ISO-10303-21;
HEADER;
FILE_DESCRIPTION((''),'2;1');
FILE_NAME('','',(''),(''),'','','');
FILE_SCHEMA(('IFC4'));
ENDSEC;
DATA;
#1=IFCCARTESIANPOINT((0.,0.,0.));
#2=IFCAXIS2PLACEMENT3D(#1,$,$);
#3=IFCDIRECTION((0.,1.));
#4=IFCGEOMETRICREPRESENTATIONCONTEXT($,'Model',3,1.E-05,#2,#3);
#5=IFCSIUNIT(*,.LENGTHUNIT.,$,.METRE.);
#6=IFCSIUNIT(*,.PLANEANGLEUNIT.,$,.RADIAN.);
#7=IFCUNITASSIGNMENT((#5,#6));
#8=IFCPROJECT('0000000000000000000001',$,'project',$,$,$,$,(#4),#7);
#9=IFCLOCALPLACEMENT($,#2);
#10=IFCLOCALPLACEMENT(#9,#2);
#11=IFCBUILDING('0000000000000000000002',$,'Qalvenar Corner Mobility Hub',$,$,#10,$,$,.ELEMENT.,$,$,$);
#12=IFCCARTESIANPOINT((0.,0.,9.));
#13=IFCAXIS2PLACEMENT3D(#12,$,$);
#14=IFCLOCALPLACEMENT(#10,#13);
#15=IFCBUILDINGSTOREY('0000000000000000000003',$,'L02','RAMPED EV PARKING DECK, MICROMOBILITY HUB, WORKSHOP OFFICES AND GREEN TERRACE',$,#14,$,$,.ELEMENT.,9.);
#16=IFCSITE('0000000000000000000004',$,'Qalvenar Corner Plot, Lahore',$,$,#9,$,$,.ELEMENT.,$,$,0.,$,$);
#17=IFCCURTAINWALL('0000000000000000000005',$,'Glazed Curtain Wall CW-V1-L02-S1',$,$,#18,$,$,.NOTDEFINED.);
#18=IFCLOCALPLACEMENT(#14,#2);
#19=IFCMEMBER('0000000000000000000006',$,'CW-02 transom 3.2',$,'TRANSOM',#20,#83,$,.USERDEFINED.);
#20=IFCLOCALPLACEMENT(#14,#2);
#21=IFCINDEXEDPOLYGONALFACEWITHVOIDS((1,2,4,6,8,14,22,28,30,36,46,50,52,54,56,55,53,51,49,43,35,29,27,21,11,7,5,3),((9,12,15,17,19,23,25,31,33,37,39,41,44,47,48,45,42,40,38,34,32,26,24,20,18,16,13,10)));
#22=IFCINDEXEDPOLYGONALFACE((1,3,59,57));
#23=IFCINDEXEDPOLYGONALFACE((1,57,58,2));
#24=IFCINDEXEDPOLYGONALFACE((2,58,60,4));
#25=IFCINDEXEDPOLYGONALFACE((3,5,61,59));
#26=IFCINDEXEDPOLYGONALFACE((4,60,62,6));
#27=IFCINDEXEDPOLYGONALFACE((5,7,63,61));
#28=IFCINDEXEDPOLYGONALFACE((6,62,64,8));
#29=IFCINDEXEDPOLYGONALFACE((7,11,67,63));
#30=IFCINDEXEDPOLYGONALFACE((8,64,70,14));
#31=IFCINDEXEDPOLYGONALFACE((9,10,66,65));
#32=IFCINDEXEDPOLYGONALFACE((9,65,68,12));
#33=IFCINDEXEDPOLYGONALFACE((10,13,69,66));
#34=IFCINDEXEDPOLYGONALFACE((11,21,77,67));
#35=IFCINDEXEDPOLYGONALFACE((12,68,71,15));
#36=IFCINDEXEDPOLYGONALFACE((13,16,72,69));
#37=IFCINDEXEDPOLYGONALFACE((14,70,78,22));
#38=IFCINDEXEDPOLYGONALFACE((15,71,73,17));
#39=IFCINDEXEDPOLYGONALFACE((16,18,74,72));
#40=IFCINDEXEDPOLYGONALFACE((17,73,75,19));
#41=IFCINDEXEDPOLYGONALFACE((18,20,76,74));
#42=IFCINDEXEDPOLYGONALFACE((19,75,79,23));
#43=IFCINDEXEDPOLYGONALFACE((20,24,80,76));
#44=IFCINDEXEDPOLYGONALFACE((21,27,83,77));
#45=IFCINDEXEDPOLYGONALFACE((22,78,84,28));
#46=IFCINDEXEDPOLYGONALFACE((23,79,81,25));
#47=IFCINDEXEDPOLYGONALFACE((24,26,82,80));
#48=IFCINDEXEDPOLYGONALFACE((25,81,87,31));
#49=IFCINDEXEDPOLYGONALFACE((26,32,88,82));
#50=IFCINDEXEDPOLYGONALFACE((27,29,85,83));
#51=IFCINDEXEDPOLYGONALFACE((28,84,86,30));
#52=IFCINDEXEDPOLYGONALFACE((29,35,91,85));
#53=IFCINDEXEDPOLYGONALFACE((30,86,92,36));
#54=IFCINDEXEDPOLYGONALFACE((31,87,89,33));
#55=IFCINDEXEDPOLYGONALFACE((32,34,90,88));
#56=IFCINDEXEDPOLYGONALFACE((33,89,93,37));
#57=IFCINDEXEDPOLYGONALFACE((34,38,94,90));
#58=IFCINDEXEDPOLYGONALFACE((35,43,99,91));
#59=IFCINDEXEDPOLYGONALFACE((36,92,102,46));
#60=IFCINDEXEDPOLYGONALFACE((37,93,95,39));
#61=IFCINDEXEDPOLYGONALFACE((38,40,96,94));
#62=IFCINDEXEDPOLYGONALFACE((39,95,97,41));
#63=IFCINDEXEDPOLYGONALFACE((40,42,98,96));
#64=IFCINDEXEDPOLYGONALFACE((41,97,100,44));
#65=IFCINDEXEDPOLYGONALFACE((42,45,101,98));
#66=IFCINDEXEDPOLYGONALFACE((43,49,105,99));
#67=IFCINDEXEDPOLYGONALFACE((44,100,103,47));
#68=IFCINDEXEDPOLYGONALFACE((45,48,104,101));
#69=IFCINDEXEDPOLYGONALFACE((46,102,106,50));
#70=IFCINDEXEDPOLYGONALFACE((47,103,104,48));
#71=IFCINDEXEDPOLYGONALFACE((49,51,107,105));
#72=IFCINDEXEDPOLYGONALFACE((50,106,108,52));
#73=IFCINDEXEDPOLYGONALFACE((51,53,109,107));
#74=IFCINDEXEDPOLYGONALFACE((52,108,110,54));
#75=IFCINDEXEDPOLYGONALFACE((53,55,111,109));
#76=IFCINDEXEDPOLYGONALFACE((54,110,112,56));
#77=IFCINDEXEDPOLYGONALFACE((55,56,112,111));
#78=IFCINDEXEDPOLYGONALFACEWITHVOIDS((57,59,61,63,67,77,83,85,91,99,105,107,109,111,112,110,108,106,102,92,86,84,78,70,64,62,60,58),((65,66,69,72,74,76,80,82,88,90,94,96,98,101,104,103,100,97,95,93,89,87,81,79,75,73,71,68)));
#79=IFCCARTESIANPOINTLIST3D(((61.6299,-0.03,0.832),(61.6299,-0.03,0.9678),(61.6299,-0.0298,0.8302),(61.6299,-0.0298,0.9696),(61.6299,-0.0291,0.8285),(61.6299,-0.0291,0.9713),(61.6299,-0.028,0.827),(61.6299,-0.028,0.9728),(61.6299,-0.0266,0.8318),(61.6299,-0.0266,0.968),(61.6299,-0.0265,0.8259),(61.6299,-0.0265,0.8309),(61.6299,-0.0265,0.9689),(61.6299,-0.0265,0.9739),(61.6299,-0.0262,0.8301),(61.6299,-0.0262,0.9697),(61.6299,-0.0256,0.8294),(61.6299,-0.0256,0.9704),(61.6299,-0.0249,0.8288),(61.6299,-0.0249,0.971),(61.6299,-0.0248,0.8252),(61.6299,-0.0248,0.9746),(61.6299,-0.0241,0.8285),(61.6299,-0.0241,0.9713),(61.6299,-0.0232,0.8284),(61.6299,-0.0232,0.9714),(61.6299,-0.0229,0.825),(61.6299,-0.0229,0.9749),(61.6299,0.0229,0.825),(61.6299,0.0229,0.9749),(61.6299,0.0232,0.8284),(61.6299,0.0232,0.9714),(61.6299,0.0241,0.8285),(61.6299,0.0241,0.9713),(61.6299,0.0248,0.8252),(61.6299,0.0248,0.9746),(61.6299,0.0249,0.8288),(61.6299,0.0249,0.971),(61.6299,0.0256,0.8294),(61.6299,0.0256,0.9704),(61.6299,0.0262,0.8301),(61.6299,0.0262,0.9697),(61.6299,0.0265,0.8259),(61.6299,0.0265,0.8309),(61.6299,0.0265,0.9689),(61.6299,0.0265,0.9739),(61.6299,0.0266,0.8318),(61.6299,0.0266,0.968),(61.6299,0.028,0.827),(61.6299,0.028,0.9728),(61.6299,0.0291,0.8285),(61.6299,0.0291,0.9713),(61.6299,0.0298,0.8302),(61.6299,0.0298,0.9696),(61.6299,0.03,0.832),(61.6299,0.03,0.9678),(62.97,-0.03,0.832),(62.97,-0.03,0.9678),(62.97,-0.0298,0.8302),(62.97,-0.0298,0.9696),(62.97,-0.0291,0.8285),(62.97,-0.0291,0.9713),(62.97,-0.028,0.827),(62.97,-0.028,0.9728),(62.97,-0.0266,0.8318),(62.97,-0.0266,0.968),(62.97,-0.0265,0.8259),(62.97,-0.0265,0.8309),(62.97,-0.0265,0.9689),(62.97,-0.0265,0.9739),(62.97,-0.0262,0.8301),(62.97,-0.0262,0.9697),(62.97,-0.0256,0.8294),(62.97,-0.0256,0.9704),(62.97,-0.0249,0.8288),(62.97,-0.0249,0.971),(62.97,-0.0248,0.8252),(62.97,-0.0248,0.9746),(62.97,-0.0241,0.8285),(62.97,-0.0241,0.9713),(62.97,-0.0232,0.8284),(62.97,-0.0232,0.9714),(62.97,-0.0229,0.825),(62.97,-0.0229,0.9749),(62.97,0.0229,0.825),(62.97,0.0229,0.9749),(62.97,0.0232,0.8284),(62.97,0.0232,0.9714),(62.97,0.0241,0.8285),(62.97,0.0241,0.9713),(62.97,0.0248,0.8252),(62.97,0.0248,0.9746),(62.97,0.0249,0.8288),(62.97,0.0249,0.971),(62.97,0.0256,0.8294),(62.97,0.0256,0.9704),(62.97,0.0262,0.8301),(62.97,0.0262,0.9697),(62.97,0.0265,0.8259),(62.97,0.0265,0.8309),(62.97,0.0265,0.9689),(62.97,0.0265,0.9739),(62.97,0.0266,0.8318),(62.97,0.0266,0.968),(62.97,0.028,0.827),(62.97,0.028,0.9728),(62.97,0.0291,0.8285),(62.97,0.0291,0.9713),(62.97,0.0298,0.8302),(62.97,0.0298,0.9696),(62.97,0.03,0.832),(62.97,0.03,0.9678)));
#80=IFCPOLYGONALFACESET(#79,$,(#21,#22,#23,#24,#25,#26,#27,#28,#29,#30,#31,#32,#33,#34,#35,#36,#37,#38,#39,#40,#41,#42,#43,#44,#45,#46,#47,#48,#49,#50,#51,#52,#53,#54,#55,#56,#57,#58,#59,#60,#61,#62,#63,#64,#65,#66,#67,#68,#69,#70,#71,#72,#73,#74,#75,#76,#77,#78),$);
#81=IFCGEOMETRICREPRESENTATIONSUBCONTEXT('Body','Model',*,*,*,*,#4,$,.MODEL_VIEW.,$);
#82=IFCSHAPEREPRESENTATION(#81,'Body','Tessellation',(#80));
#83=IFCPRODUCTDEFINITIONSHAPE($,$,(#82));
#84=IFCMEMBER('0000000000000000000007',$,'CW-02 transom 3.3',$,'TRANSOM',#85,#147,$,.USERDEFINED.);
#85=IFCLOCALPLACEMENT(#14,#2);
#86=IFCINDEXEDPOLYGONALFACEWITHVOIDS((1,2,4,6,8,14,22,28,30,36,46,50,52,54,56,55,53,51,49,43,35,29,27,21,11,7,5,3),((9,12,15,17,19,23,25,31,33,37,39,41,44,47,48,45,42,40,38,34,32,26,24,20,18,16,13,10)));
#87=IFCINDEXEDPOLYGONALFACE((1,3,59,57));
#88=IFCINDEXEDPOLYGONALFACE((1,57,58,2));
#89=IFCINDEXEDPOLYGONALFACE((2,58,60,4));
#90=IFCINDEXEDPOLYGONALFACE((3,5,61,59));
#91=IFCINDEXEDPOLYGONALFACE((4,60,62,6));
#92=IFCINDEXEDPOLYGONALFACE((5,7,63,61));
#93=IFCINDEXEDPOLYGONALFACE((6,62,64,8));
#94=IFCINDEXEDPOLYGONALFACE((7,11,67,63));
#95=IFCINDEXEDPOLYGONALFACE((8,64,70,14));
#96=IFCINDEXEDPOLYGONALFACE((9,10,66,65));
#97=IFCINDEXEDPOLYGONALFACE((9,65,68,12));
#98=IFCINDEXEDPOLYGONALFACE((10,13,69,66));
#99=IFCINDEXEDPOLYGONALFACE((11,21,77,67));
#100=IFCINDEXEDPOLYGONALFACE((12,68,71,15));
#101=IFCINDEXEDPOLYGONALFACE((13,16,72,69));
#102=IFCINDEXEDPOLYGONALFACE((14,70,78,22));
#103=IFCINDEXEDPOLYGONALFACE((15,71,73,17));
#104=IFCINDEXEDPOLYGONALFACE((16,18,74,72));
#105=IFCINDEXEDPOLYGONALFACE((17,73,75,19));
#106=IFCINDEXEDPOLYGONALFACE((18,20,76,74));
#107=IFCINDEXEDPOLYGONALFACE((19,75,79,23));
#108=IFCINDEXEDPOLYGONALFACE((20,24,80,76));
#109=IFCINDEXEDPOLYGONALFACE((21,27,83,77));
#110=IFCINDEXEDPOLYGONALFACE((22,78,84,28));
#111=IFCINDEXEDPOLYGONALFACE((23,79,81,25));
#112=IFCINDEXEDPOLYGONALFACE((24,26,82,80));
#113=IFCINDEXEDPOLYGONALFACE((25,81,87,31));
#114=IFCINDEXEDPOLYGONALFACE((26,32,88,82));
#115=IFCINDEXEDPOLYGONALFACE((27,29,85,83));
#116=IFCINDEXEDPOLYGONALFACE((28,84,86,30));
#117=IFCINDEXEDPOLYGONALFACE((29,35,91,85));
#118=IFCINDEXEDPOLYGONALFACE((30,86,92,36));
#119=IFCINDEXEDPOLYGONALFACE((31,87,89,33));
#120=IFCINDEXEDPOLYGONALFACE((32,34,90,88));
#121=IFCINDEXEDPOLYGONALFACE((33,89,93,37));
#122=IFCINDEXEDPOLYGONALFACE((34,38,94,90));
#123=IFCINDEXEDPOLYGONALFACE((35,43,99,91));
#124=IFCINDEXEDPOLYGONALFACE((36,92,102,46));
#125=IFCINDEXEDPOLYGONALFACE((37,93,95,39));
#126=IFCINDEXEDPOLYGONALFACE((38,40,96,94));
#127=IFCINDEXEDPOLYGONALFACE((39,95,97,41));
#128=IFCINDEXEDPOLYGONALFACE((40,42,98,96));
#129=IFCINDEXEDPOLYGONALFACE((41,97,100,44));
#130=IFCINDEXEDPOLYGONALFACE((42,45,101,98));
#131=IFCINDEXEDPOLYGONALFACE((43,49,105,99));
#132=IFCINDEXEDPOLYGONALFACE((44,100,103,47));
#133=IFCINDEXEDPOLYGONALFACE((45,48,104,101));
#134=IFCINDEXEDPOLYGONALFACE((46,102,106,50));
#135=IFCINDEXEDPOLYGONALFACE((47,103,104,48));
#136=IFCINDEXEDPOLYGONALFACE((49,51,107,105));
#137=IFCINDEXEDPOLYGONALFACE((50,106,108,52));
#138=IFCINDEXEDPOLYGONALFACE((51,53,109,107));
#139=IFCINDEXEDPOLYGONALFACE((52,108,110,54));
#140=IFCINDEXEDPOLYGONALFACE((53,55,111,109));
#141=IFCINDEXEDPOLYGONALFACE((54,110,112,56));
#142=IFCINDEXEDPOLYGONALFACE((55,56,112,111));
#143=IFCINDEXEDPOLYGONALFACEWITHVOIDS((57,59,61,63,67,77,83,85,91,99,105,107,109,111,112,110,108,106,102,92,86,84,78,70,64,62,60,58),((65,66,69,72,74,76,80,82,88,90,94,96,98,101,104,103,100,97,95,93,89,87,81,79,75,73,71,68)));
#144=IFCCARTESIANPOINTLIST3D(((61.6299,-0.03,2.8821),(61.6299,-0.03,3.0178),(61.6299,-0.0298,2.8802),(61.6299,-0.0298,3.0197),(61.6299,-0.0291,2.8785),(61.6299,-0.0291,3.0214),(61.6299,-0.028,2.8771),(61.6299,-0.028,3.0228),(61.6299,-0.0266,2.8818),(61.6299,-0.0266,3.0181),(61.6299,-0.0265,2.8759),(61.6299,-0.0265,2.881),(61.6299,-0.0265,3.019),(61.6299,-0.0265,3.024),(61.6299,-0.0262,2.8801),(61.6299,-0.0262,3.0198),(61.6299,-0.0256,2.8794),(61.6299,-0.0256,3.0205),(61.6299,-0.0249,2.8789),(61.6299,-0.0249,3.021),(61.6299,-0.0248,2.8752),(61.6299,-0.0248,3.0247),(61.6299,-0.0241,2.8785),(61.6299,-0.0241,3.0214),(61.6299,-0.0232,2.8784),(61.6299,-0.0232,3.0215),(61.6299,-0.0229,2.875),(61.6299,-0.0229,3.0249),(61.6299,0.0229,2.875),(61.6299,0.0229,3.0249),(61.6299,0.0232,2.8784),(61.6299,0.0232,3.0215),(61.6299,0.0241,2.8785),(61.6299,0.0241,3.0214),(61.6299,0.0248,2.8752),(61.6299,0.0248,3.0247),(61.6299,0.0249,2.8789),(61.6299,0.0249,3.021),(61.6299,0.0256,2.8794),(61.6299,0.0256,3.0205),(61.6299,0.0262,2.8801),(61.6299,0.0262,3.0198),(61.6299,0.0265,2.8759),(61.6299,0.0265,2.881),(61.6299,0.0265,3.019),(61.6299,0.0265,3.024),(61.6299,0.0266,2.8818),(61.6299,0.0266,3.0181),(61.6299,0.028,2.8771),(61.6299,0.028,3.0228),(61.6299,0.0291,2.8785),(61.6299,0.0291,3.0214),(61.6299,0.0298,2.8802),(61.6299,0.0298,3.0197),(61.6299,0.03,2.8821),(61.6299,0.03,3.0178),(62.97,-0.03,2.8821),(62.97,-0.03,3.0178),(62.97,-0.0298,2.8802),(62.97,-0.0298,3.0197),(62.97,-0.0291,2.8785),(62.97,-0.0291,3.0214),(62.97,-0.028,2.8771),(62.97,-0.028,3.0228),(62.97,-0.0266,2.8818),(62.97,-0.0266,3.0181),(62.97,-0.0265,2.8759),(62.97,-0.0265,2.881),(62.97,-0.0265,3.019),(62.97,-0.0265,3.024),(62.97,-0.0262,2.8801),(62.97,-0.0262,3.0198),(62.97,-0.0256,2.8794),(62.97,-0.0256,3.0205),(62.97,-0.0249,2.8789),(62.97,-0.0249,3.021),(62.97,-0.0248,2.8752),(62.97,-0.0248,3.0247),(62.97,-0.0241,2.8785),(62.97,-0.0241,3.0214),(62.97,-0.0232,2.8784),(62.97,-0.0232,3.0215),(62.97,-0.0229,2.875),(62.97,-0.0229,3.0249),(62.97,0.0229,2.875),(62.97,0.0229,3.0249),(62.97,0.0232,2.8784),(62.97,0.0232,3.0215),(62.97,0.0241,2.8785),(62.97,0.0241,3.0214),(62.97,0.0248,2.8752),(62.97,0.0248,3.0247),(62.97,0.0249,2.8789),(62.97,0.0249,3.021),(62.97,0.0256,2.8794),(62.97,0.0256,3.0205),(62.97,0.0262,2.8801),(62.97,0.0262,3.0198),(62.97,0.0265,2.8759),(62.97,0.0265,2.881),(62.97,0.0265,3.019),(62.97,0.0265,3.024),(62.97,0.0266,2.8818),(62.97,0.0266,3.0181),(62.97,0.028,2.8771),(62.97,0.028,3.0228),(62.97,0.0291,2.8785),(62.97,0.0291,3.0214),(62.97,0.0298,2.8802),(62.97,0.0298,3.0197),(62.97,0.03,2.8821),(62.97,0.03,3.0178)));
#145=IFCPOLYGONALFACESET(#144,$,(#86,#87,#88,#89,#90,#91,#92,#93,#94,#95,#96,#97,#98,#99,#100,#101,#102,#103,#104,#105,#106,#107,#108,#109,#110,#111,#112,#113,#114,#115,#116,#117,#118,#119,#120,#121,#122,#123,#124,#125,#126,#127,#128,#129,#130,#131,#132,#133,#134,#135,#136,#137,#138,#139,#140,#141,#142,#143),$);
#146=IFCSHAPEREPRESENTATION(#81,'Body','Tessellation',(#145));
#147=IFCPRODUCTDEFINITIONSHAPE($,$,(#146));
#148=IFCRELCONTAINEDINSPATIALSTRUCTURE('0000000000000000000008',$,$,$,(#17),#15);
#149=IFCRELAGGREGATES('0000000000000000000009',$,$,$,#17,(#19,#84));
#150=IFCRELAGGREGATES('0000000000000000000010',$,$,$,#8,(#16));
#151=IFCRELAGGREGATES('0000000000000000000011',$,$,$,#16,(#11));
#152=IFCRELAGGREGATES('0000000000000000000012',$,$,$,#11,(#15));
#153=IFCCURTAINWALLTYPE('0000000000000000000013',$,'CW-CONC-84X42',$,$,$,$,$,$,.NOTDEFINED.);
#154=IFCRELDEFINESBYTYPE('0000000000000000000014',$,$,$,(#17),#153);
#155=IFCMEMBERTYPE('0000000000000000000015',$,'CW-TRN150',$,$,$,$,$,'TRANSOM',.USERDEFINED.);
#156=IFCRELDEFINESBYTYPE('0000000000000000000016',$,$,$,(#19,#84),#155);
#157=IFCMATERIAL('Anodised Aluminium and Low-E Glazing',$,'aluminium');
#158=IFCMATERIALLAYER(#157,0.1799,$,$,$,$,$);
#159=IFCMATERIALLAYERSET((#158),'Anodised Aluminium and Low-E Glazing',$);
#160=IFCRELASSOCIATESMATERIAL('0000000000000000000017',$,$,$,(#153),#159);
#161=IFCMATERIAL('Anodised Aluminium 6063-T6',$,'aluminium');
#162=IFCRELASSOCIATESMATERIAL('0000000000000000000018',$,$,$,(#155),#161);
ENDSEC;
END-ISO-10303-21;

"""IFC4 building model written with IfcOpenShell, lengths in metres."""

from ifc_helpers import new_model, si_unit, direction, frame, origin, origin_2d, place, context, subcontext, project, spatial, hollow_rectangle, extrude, material, layer, layer_set, material_profile, profile_set, type_object, element, aggregate, save


model = new_model("IFC4")

# Units and contexts
model_context = context("Model", 3, precision=1e-05, world=origin(), true_north=direction((0.0, 1.0)))
body_context = subcontext(model_context, "Body", "Model", "MODEL_VIEW")
ifc_project = project(units=[si_unit("LENGTHUNIT", "METRE"), si_unit("PLANEANGLEUNIT", "RADIAN")], contexts=[model_context])

# Site, building, storey
site_placement = place(None, origin())
site = spatial("IfcSite", under=ifc_project, at=site_placement, Name="Qalvenar Corner Plot, Lahore", CompositionType="ELEMENT", RefElevation=0.0)
building_placement = place(site_placement, origin())
building = spatial("IfcBuilding", under=site, at=building_placement, Name="Qalvenar Corner Mobility Hub", CompositionType="ELEMENT")
storey_placement = place(building_placement, frame((0.0, 0.0, 9.0)))
storey = spatial("IfcBuildingStorey", under=building, at=storey_placement, Name="L02", Description="RAMPED EV PARKING DECK, MICROMOBILITY HUB, WORKSHOP OFFICES AND GREEN TERRACE", CompositionType="ELEMENT", Elevation=9.0)

# Curtain wall, members
ifc_material_1 = material(Name="Anodised Aluminium and Low-E Glazing", Category="aluminium")
ifc_layer_1 = layer(ifc_material_1, 0.1799)
ifc_layer_set_1 = layer_set([ifc_layer_1], Name="Anodised Aluminium and Low-E Glazing")
curtain_wall_type = type_object("IfcCurtainWallType", Name="CW-CONC-84X42", PredefinedType="NOTDEFINED", material=ifc_layer_set_1)
curtain_wall_placement = place(storey_placement, origin())
curtain_wall = element("IfcCurtainWall", 1, at=curtain_wall_placement, inside=storey, type_object=curtain_wall_type, Name="Glazed Curtain Wall CW-V1-L02-S1", PredefinedType="NOTDEFINED")
ifc_material_2 = material(Name="Anodised Aluminium 6063-T6", Category="aluminium")
ifc_material_profile_1 = material_profile(ifc_material_2, hollow_rectangle(XDim=0.0601, YDim=0.1499, WallThickness=0.0034, InnerFilletRadius=0.0034, OuterFilletRadius=0.0071, at=origin_2d()), Name="RHS150x60x3.5")
ifc_profile_set_1 = profile_set([ifc_material_profile_1], Name="Anodised Aluminium 6063-T6")
member_type_1 = type_object("IfcMemberType", Name="CW-TRN150", ElementType="TRANSOM", PredefinedType="USERDEFINED", material=ifc_profile_set_1)
member_1_placement = place(storey_placement, frame((61.6299, 0.0, 0.8999), z_axis=(1.0, 0.0, 0.0), x_axis=(0.0, 1.0, 0.0)))
member_1 = element("IfcMember", 2, at=member_1_placement, type_object=member_type_1, Name="CW-02 transom 3.2", ObjectType="TRANSOM", PredefinedType="USERDEFINED", context=body_context, shape_type="SweptSolid", body=[
    extrude(hollow_rectangle(XDim=0.0601, YDim=0.1499, WallThickness=0.0034, InnerFilletRadius=0.0034, OuterFilletRadius=0.0071, at=origin_2d()), origin(), (0.0, 0.0, 1.0), 1.3401),
])
member_2_placement = place(storey_placement, frame((61.6299, 0.0, 2.95), z_axis=(1.0, 0.0, 0.0), x_axis=(0.0, 1.0, 0.0)))
member_2 = element("IfcMember", 3, at=member_2_placement, type_object=member_type_1, Name="CW-02 transom 3.3", ObjectType="TRANSOM", PredefinedType="USERDEFINED", context=body_context, shape_type="SweptSolid", body=[
    extrude(hollow_rectangle(XDim=0.0601, YDim=0.1499, WallThickness=0.0034, InnerFilletRadius=0.0034, OuterFilletRadius=0.0071, at=origin_2d()), origin(), (0.0, 0.0, 1.0), 1.3401),
])

aggregate(curtain_wall, [member_1, member_2])

save(model, "model.ifc")
